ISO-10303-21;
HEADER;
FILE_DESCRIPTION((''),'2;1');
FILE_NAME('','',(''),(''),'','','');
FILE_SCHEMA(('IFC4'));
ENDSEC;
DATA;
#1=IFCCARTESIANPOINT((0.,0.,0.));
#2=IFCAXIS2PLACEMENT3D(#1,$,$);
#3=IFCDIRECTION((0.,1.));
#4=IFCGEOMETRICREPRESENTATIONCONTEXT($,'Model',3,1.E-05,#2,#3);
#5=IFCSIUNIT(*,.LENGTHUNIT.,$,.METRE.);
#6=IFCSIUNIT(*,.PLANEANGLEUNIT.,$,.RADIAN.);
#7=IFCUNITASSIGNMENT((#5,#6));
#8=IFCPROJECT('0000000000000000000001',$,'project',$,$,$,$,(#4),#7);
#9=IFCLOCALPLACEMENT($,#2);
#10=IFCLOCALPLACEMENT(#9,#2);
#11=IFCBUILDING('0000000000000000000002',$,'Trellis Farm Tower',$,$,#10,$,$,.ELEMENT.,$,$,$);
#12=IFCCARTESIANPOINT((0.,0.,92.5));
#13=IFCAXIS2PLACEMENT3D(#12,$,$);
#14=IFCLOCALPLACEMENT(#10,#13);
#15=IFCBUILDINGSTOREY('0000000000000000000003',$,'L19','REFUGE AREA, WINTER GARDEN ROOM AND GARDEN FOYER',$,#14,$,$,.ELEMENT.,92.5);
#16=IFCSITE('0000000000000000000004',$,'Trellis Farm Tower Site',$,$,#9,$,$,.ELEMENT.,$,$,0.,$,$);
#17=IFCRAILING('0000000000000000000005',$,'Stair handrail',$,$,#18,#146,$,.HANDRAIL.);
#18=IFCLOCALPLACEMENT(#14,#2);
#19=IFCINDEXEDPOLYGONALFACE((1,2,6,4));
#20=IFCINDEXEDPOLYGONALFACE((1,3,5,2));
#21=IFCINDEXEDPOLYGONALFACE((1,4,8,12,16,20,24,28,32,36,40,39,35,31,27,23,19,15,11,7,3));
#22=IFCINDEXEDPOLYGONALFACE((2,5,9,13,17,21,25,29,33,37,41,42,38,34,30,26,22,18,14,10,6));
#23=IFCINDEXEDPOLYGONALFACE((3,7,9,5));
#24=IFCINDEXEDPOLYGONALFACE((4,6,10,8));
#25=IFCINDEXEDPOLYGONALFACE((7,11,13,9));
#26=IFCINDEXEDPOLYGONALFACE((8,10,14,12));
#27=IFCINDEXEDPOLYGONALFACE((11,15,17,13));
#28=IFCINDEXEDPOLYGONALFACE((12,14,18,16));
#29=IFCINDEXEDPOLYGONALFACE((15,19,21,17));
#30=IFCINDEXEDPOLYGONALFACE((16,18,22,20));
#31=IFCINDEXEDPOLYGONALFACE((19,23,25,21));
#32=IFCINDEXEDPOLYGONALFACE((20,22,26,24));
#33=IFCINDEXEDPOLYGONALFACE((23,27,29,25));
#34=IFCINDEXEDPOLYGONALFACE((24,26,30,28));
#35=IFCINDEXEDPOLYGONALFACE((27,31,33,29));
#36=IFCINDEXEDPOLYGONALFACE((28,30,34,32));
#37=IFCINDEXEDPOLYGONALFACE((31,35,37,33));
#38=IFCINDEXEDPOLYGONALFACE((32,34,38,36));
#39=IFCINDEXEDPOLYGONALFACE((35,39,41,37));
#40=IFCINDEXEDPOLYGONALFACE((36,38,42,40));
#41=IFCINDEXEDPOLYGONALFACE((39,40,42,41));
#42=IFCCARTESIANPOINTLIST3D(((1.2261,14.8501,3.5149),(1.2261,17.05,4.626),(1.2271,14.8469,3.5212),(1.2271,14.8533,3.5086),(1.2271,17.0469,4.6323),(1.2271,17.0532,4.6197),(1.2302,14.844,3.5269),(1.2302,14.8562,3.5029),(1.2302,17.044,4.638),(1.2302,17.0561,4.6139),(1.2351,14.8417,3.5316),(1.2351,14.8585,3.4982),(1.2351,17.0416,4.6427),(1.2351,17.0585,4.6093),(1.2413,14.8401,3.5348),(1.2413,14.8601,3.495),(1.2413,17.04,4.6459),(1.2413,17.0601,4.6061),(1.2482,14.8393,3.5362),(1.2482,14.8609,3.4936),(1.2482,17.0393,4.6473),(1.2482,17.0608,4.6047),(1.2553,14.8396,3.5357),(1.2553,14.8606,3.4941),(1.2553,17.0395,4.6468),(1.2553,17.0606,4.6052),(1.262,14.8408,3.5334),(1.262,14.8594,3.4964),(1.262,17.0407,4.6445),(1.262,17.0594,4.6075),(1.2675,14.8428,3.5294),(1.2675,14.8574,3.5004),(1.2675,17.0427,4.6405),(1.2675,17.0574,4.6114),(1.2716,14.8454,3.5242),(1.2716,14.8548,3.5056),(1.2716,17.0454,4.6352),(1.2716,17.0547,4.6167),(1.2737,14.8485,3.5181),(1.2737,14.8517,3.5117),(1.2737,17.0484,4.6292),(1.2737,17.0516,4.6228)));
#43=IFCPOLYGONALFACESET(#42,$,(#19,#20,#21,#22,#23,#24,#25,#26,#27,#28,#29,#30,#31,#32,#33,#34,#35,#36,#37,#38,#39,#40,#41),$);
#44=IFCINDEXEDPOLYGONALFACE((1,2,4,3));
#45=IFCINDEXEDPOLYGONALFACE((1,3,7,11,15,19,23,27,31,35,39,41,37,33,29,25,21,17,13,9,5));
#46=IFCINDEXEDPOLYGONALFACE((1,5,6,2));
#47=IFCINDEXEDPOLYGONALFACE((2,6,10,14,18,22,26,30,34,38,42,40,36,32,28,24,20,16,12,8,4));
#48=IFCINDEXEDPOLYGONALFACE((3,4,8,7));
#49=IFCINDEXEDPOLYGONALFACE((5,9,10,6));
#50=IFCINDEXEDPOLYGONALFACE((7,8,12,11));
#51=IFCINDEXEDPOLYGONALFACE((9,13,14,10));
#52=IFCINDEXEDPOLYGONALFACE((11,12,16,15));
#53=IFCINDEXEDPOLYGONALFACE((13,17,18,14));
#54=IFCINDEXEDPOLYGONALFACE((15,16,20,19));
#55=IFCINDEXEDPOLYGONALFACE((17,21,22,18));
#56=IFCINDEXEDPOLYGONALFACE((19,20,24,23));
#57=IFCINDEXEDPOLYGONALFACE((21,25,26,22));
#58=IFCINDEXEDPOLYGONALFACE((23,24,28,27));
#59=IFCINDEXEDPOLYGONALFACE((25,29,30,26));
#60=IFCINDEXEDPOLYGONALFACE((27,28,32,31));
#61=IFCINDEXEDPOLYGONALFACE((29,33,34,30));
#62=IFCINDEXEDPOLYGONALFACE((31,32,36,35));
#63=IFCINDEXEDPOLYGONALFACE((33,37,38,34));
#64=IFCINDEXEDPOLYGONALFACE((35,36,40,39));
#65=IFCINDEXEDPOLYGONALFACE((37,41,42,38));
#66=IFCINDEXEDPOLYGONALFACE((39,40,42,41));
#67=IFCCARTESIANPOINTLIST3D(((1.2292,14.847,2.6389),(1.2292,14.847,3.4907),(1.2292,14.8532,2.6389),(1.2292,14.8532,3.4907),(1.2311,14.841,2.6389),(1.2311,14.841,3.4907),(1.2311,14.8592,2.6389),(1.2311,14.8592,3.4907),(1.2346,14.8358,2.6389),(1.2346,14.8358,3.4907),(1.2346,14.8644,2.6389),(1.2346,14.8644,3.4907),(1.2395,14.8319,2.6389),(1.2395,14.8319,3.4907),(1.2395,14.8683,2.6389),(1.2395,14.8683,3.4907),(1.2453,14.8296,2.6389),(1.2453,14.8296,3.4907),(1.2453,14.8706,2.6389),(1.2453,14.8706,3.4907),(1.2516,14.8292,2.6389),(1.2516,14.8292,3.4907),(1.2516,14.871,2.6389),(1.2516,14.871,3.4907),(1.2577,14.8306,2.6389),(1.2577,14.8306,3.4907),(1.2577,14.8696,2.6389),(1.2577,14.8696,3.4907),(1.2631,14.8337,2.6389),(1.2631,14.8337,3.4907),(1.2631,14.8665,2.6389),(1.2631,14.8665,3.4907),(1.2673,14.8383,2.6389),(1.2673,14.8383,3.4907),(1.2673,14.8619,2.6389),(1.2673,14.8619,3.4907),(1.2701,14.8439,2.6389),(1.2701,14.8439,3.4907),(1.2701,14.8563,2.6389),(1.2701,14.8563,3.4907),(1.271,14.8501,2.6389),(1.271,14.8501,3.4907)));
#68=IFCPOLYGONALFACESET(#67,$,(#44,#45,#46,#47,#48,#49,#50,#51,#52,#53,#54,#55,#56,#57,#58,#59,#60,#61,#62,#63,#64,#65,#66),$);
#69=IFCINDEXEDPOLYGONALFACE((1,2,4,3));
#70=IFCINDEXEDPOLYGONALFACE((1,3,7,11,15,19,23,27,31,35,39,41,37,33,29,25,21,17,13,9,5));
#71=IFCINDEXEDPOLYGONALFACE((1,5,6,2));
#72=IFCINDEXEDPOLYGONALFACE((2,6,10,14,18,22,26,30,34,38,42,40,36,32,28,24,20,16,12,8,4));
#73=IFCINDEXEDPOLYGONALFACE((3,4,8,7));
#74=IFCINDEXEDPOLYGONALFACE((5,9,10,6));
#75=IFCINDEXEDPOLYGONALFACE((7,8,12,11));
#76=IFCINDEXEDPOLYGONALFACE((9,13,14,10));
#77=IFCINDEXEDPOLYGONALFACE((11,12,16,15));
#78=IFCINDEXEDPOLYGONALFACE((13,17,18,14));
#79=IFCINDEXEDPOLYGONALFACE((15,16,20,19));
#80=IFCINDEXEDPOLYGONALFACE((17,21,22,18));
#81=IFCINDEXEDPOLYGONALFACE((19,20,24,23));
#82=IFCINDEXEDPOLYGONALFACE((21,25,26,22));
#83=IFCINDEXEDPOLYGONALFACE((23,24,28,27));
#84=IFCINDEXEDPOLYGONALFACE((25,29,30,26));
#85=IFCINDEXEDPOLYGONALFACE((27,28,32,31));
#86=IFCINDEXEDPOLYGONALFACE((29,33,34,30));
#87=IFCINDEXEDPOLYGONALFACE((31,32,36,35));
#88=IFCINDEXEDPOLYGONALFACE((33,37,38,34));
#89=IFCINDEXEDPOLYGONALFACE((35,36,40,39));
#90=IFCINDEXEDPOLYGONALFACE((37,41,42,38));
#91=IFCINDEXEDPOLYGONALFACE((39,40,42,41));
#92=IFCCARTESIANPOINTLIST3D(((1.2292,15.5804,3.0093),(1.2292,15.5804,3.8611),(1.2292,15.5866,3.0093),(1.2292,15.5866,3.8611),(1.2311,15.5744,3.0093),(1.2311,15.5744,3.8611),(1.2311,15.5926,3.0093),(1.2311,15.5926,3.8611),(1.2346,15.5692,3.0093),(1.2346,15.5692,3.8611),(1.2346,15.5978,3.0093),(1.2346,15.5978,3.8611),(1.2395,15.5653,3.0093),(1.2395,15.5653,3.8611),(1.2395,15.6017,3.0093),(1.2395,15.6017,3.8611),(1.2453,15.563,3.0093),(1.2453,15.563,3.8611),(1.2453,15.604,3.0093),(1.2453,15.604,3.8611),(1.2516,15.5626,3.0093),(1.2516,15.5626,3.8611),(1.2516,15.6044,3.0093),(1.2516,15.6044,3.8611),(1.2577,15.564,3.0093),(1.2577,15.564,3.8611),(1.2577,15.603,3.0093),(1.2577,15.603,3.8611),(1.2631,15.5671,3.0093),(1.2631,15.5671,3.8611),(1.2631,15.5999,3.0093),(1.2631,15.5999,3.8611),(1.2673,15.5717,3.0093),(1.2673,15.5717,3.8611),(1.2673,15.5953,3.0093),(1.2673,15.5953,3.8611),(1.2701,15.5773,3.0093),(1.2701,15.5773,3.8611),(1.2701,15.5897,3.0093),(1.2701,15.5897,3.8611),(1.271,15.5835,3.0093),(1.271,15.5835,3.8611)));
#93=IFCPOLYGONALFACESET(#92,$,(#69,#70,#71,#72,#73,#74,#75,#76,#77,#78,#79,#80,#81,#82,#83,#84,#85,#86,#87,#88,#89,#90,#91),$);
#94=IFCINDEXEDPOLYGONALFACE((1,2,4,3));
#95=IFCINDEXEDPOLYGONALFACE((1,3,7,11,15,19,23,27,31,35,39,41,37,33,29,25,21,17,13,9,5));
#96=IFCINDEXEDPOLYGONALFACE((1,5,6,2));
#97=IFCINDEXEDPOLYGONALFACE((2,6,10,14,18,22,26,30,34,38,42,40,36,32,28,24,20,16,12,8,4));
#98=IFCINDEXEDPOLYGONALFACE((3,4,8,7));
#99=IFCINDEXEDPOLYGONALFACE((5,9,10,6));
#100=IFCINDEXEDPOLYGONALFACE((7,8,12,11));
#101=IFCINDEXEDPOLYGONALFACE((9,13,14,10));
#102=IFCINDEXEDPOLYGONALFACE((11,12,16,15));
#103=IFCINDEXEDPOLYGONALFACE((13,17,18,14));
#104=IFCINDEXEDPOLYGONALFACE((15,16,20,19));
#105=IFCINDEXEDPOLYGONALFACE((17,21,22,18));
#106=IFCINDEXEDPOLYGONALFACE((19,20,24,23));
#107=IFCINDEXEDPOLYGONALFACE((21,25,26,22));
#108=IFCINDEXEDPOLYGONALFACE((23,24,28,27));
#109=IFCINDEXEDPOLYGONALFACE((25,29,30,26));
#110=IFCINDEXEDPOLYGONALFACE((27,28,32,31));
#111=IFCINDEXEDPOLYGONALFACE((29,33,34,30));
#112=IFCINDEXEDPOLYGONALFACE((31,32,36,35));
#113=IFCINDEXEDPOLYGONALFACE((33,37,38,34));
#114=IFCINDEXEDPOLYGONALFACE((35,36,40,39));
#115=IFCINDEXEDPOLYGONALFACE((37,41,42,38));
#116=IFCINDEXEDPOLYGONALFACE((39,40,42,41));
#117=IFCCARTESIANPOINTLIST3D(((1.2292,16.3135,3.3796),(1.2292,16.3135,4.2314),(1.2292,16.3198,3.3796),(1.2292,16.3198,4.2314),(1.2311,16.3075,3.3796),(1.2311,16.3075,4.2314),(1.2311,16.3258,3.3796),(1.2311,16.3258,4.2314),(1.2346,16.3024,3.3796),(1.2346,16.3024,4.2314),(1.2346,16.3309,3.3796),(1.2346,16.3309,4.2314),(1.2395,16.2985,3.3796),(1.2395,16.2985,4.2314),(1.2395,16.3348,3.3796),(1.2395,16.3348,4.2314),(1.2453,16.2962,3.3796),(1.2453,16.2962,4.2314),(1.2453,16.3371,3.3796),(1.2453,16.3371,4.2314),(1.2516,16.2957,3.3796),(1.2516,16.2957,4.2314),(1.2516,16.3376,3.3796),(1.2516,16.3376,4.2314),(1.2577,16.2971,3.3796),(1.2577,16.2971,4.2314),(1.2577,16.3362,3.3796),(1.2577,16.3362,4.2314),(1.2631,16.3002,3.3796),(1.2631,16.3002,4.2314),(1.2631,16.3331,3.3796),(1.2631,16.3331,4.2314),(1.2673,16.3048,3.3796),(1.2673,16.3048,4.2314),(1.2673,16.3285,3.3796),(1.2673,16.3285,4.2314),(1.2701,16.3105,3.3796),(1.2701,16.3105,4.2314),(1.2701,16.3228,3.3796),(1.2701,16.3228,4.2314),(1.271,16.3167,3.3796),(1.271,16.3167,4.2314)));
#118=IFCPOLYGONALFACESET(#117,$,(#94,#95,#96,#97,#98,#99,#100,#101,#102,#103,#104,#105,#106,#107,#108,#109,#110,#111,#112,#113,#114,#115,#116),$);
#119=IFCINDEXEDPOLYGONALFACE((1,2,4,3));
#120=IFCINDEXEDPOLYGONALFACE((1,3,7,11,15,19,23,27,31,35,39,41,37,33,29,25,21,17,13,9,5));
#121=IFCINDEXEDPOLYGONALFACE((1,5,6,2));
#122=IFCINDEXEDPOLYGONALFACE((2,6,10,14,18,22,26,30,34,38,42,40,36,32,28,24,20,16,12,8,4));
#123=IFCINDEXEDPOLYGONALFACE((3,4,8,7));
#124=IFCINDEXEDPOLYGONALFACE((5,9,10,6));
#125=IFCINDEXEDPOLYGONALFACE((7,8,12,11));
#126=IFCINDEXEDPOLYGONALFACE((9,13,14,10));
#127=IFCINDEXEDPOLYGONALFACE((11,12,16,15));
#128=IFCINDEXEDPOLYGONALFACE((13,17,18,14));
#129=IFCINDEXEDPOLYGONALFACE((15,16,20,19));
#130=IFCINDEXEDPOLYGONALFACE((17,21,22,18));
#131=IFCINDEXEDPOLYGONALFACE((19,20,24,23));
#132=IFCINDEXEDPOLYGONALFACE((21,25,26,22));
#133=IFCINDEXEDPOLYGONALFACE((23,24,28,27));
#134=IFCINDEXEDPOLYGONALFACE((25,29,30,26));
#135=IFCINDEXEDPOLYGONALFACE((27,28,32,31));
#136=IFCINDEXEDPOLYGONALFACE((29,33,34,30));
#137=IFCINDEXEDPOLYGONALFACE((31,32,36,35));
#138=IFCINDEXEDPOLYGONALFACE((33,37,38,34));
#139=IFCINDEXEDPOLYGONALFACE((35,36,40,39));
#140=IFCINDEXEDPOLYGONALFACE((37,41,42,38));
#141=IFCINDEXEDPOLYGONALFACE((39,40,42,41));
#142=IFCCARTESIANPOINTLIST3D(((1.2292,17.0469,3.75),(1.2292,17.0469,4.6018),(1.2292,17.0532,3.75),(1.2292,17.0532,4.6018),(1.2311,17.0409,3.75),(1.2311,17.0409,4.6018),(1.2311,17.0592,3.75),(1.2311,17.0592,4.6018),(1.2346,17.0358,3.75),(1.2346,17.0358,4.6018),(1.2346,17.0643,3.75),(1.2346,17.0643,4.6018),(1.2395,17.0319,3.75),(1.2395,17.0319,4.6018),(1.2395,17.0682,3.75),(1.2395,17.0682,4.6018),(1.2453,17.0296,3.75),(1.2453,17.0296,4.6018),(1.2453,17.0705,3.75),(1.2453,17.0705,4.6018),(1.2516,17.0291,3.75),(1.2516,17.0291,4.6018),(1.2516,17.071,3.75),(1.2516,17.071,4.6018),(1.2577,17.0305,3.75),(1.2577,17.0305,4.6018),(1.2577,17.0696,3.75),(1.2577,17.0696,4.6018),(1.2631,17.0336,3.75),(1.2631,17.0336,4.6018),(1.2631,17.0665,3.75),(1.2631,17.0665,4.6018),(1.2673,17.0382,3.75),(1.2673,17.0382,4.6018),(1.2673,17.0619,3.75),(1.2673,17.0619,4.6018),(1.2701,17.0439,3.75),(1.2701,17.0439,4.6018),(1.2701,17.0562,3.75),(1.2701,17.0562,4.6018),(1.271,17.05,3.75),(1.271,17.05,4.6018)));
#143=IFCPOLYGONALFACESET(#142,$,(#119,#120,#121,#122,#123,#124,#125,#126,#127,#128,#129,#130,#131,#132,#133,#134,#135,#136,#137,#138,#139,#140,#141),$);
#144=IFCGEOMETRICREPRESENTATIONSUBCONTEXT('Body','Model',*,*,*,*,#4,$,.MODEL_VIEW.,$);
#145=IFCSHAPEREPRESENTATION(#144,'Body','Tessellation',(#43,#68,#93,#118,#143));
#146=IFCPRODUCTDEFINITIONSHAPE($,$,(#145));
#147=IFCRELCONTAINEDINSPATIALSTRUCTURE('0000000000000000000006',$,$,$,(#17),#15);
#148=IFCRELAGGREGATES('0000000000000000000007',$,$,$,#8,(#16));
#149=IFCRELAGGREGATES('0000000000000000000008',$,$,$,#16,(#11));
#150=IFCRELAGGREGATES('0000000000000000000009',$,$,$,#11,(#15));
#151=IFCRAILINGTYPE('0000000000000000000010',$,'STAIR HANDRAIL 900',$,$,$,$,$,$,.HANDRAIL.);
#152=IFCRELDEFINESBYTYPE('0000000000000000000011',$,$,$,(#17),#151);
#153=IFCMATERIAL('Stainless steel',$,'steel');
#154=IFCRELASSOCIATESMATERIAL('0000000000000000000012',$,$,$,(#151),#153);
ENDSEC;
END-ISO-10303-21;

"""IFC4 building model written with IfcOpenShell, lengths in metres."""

from ifc_helpers import new_model, si_unit, direction, frame, origin, origin_2d, place, context, subcontext, project, spatial, circle, extrude, source, transform, mapped, material, type_object, element, save


model = new_model("IFC4")

# Units and contexts
model_context = context("Model", 3, precision=1e-05, world=origin(), true_north=direction((0.0, 1.0)))
body_context = subcontext(model_context, "Body", "Model", "MODEL_VIEW")
ifc_project = project(units=[si_unit("LENGTHUNIT", "METRE"), si_unit("PLANEANGLEUNIT", "RADIAN")], contexts=[model_context])

# Site, building, storey
site_placement = place(None, origin())
site = spatial("IfcSite", under=ifc_project, at=site_placement, Name="Trellis Farm Tower Site", CompositionType="ELEMENT", RefElevation=0.0)
building_placement = place(site_placement, origin())
building = spatial("IfcBuilding", under=site, at=building_placement, Name="Trellis Farm Tower", CompositionType="ELEMENT")
storey_placement = place(building_placement, frame((0.0, 0.0, 92.5)))
storey = spatial("IfcBuildingStorey", under=building, at=storey_placement, Name="L19", Description="REFUGE AREA, WINTER GARDEN ROOM AND GARDEN FOYER", CompositionType="ELEMENT", Elevation=92.5)

# Railing
ifc_material_1 = material(Name="Stainless steel", Category="steel")
railing_type = type_object("IfcRailingType", Name="STAIR HANDRAIL 900", PredefinedType="HANDRAIL", material=ifc_material_1)
shared_shape_1 = source(origin(), body_context, "Body", "SweptSolid", [
    extrude(circle(Radius=0.0239, at=origin_2d()), frame((0.0, 0.0, 0.876), z_axis=(0.0, 0.892617, 0.450816), x_axis=(-1.0, 0.0, 0.0)), (0.0, 0.0, 1.0), 2.4646),
    extrude(circle(Radius=0.021, at=origin_2d()), origin(), (0.0, 0.0, 1.0), 0.8518),
    extrude(circle(Radius=0.021, at=origin_2d()), frame((0.0, 0.7334, 0.3704)), (0.0, 0.0, 1.0), 0.8518),
    extrude(circle(Radius=0.021, at=origin_2d()), frame((0.0, 1.4666, 0.7407)), (0.0, 0.0, 1.0), 0.8518),
    extrude(circle(Radius=0.021, at=origin_2d()), frame((0.0, 2.2, 1.1111)), (0.0, 0.0, 1.0), 0.8518),
])
for number, where, name in (
    (1, (1.25, 14.8501, 2.6389), "Stair handrail"),
):
    element("IfcRailing", number, at=place(storey_placement, frame(where)), inside=storey, type_object=railing_type, Name=name, PredefinedType="HANDRAIL", context=body_context, shape_type="MappedRepresentation", body=[
        mapped(shared_shape_1, transform((0.0, 0.0, 0.0))),
    ])

save(model, "model.ifc")
